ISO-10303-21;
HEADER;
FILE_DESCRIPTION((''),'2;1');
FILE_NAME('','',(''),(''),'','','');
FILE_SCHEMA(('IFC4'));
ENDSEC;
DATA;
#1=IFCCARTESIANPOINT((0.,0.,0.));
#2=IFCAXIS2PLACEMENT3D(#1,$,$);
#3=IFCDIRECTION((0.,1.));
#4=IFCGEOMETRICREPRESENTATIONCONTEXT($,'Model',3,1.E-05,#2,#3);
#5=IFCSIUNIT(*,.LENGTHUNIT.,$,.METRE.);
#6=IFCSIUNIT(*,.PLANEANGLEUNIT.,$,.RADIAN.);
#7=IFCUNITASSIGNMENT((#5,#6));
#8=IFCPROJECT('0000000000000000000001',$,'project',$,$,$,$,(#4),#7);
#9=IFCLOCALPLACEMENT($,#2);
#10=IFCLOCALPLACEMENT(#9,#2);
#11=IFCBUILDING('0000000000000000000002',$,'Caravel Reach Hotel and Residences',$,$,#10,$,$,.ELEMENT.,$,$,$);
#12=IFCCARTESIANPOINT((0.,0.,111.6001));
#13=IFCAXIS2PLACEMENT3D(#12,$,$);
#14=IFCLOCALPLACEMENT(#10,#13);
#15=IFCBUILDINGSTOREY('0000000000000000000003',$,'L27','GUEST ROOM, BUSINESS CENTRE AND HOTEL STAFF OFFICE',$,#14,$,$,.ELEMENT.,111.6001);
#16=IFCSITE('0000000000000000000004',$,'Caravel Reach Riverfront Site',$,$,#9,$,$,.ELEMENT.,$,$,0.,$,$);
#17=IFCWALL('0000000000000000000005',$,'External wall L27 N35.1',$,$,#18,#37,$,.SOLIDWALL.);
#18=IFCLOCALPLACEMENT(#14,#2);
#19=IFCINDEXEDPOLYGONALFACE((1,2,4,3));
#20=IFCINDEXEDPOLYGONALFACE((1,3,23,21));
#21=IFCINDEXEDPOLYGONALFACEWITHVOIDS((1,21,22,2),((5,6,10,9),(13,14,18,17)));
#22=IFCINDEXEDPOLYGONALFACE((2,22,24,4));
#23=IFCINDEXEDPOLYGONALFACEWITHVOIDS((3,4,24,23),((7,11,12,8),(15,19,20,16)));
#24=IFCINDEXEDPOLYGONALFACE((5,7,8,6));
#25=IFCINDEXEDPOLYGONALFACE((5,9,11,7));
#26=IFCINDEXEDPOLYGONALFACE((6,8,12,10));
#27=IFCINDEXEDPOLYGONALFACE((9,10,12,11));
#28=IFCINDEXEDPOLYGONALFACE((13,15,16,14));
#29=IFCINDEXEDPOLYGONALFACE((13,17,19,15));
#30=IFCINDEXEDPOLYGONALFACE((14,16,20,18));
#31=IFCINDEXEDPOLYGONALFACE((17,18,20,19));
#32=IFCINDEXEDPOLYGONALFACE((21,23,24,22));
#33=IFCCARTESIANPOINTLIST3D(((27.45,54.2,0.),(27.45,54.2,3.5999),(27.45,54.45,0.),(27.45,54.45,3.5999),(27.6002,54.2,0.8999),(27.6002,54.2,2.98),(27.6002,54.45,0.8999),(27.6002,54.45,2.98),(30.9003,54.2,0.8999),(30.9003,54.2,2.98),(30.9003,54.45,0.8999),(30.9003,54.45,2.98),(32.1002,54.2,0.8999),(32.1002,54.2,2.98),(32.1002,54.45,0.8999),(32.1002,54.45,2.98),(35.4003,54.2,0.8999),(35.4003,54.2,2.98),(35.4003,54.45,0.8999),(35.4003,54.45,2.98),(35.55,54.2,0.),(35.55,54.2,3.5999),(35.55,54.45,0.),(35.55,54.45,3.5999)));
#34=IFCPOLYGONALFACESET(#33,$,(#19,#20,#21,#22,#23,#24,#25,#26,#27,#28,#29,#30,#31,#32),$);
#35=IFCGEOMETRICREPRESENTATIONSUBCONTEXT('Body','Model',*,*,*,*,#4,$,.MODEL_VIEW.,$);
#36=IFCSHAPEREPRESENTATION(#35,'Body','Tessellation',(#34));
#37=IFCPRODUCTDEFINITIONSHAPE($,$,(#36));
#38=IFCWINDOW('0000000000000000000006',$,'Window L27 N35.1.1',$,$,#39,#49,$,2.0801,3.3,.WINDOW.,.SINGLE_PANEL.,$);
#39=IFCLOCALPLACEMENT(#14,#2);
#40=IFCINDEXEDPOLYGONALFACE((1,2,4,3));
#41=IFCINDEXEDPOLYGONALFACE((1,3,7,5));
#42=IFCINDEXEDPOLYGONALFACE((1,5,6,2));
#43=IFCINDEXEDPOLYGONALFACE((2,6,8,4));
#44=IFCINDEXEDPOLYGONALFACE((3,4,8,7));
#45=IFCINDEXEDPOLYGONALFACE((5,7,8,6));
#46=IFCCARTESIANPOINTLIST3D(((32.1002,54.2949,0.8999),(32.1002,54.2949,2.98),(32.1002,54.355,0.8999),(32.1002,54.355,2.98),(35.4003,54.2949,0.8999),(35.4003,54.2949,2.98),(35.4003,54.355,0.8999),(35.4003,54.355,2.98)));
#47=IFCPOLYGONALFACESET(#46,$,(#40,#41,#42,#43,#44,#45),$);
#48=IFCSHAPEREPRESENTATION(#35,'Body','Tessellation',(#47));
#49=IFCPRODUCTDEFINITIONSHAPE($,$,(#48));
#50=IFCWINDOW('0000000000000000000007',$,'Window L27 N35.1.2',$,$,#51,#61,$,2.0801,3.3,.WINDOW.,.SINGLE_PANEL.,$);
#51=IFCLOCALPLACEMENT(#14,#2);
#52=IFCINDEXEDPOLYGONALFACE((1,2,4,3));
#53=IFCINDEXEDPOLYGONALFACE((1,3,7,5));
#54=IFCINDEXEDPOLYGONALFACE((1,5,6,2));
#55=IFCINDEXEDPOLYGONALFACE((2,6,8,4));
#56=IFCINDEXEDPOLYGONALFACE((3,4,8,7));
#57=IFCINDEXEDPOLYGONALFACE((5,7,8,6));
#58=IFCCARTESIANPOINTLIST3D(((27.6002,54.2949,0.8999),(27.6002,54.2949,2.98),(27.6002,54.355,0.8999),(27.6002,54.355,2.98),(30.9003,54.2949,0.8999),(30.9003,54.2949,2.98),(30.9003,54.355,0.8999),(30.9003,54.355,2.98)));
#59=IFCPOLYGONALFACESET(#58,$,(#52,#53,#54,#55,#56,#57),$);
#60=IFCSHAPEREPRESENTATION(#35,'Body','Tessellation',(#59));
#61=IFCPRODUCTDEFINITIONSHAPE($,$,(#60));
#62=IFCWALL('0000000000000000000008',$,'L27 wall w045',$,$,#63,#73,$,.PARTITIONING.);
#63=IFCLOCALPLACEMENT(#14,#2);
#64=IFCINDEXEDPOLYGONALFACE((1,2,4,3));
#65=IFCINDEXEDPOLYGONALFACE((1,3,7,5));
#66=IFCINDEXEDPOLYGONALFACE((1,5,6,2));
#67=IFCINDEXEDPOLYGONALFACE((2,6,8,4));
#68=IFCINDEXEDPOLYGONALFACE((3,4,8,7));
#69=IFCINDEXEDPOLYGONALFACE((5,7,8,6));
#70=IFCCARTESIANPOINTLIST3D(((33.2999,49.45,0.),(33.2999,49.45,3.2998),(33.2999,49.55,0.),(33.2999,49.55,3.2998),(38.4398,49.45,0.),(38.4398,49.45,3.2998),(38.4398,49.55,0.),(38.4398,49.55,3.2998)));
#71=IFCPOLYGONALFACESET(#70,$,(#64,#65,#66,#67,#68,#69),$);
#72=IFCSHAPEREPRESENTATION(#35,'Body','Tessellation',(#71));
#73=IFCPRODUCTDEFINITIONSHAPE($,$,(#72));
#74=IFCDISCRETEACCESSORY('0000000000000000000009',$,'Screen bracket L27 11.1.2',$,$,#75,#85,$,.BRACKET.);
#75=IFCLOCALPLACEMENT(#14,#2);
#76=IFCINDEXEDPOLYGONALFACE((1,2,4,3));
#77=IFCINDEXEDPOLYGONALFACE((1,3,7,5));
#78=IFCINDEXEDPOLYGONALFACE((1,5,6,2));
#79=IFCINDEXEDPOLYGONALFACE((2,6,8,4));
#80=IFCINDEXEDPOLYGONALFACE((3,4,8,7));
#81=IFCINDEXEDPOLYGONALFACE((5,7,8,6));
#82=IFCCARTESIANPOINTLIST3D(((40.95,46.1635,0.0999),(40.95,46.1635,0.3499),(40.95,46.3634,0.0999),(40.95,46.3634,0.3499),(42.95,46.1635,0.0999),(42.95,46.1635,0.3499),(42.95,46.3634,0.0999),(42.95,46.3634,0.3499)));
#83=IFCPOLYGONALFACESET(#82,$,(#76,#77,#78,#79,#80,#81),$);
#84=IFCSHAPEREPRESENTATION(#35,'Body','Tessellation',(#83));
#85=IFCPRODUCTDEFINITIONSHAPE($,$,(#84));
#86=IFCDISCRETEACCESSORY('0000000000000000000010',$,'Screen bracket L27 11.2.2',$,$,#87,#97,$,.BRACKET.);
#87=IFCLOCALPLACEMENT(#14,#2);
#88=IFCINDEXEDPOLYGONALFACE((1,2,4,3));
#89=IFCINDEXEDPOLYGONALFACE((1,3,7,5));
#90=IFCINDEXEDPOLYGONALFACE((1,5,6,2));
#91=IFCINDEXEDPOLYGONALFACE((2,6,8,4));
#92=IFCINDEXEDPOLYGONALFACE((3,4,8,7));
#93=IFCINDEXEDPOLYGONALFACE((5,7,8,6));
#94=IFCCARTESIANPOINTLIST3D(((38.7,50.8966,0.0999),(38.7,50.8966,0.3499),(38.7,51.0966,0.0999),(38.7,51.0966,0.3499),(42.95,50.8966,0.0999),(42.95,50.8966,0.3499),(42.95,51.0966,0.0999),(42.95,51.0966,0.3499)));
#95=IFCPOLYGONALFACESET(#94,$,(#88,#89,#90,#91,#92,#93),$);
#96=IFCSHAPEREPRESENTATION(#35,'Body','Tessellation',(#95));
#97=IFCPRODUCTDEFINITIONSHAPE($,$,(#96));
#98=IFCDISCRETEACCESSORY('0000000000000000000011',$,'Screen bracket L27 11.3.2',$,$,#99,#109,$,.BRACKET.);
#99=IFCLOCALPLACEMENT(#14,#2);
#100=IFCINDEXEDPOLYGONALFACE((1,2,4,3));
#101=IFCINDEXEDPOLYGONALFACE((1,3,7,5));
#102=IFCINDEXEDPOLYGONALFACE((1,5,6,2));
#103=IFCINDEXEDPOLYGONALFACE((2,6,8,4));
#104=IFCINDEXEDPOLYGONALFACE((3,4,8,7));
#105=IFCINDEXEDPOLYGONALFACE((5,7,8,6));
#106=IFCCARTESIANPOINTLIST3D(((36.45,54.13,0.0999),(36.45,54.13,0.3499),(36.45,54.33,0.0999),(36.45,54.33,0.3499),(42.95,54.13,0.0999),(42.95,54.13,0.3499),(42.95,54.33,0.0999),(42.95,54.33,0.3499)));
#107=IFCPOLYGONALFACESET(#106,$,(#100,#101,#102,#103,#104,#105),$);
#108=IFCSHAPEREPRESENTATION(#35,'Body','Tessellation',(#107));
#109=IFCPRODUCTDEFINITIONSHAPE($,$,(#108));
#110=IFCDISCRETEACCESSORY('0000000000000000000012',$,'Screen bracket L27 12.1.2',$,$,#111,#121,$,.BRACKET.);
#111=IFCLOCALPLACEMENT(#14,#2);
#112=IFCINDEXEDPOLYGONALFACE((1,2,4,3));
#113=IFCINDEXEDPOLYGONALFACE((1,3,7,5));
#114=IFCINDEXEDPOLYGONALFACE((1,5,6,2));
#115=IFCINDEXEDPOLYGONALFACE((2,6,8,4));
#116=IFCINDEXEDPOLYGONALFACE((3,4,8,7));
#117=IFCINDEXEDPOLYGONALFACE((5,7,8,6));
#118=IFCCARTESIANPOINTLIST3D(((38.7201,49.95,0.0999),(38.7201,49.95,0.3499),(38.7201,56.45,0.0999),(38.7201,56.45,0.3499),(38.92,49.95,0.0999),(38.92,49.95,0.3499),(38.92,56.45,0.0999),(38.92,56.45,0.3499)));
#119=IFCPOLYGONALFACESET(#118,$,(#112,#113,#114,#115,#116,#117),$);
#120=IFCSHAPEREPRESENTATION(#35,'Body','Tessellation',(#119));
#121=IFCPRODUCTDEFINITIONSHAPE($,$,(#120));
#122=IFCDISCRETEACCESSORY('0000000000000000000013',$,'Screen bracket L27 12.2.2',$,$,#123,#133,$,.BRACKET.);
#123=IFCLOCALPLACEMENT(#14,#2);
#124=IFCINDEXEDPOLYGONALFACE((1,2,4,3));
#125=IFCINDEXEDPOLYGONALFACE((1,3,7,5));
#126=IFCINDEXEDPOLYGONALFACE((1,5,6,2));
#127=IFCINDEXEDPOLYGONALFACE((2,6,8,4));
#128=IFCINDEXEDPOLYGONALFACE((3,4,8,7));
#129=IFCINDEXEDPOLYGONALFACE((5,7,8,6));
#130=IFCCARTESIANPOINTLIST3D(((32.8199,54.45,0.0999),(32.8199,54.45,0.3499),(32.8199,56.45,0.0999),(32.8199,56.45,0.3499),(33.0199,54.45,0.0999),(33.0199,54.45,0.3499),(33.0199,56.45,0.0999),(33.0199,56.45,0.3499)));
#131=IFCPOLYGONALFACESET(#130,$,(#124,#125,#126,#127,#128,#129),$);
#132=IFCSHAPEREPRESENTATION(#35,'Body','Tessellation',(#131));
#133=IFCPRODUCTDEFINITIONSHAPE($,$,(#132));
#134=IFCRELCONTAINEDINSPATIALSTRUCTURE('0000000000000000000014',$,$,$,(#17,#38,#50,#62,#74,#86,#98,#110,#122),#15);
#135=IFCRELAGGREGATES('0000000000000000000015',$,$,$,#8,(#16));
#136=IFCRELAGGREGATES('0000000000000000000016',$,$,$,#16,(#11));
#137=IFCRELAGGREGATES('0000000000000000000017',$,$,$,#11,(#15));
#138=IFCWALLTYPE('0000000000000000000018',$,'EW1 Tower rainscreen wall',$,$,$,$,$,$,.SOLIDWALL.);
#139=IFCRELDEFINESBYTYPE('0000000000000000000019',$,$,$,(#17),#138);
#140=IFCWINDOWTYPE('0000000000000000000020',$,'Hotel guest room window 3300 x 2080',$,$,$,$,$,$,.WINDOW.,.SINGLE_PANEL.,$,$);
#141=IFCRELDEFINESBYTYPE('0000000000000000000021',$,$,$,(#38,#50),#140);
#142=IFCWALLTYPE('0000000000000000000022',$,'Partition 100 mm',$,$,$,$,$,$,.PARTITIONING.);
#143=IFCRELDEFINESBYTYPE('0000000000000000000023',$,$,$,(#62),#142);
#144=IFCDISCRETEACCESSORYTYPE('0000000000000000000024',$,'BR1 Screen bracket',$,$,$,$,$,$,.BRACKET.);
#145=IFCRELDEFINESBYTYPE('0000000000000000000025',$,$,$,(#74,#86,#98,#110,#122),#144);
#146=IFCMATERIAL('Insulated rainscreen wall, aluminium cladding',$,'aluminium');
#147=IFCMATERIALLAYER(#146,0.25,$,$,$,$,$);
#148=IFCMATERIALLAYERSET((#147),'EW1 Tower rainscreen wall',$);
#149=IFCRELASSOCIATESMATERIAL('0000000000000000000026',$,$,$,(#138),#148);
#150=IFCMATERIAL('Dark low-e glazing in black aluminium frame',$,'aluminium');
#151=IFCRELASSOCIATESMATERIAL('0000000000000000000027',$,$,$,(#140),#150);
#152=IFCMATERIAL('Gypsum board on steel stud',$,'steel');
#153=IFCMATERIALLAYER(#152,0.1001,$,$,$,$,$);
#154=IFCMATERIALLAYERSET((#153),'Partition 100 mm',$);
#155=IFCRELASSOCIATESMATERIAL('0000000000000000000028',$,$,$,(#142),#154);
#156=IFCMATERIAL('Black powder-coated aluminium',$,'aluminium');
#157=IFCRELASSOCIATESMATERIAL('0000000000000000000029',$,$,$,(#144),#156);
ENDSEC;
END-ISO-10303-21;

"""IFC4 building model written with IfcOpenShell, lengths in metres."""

from ifc_helpers import new_model, si_unit, direction, frame, frame_2d, origin, origin_2d, place, context, subcontext, project, spatial, rectangle, extrude, material, layer, layer_set, type_object, element, fill, save


model = new_model("IFC4")

# Units and contexts
model_context = context("Model", 3, precision=1e-05, world=origin(), true_north=direction((0.0, 1.0)))
body_context = subcontext(model_context, "Body", "Model", "MODEL_VIEW")
ifc_project = project(units=[si_unit("LENGTHUNIT", "METRE"), si_unit("PLANEANGLEUNIT", "RADIAN")], contexts=[model_context])

# Site, building, storey
site_placement = place(None, origin())
site = spatial("IfcSite", under=ifc_project, at=site_placement, Name="Caravel Reach Riverfront Site", CompositionType="ELEMENT", RefElevation=0.0)
building_placement = place(site_placement, origin())
building = spatial("IfcBuilding", under=site, at=building_placement, Name="Caravel Reach Hotel and Residences", CompositionType="ELEMENT")
storey_placement = place(building_placement, frame((0.0, 0.0, 111.6001)))
storey = spatial("IfcBuildingStorey", under=building, at=storey_placement, Name="L27", Description="GUEST ROOM, BUSINESS CENTRE AND HOTEL STAFF OFFICE", CompositionType="ELEMENT", Elevation=111.6001)

# Shared definitions
ifc_material_1 = material(Name="Insulated rainscreen wall, aluminium cladding", Category="aluminium")
ifc_layer_1 = layer(ifc_material_1, 0.25)
ifc_layer_set_1 = layer_set([ifc_layer_1], Name="EW1 Tower rainscreen wall")
wall_type_1 = type_object("IfcWallType", Name="EW1 Tower rainscreen wall", PredefinedType="SOLIDWALL", material=ifc_layer_set_1)

# Wall, openings, windows
wall_1_placement = place(storey_placement, frame((35.55, 54.325, 0.0), z_axis=(0.0, 0.0, 1.0), x_axis=(-1.0, 0.0, 0.0)))
wall_1 = element("IfcWall", 1, at=wall_1_placement, inside=storey, type_object=wall_type_1, Name="External wall L27 N35.1", PredefinedType="SOLIDWALL", context=body_context, shape_type="SweptSolid", body=[
    extrude(rectangle(XDim=8.1001, YDim=0.25, at=frame_2d((4.05, 0.0))), origin(), (0.0, 0.0, 1.0), 3.5999),
])
opening_1_placement = place(wall_1_placement, frame((0.1499, 0.0, 0.8999)))
opening_1 = element("IfcOpeningElement", 2, at=opening_1_placement, cuts=wall_1, PredefinedType="OPENING", context=body_context, shape_type="SweptSolid", body=[
    extrude(rectangle(XDim=3.3, YDim=2.0801, at=frame_2d((1.6499, 1.04))), frame((0.0, 0.135, 0.0), z_axis=(0.0, -1.0, 0.0), x_axis=(1.0, 0.0, 0.0)), (0.0, 0.0, 1.0), 0.27),
])
opening_2_placement = place(wall_1_placement, frame((4.6499, 0.0, 0.8999)))
opening_2 = element("IfcOpeningElement", 3, at=opening_2_placement, cuts=wall_1, PredefinedType="OPENING", context=body_context, shape_type="SweptSolid", body=[
    extrude(rectangle(XDim=3.3, YDim=2.0801, at=frame_2d((1.6499, 1.04))), frame((0.0, 0.135, 0.0), z_axis=(0.0, -1.0, 0.0), x_axis=(1.0, 0.0, 0.0)), (0.0, 0.0, 1.0), 0.27),
])
ifc_material_2 = material(Name="Dark low-e glazing in black aluminium frame", Category="aluminium")
window_type_1 = type_object("IfcWindowType", Name="Hotel guest room window 3300 x 2080", PartitioningType="SINGLE_PANEL", PredefinedType="WINDOW", material=ifc_material_2)
window_1_placement = place(opening_1_placement, origin())
window_1 = element("IfcWindow", 4, at=window_1_placement, inside=storey, type_object=window_type_1, Name="Window L27 N35.1.1", OverallHeight=2.0801, OverallWidth=3.3, PartitioningType="SINGLE_PANEL", PredefinedType="WINDOW", context=body_context, shape_type="SweptSolid", body=[
    extrude(rectangle(XDim=3.3, YDim=2.0801, at=frame_2d((1.6499, 1.04))), frame((0.0, 0.03, 0.0), z_axis=(0.0, -1.0, 0.0), x_axis=(1.0, 0.0, 0.0)), (0.0, 0.0, 1.0), 0.0601),
])
fill(opening_1, window_1)
window_2_placement = place(opening_2_placement, origin())
window_2 = element("IfcWindow", 5, at=window_2_placement, inside=storey, type_object=window_type_1, Name="Window L27 N35.1.2", OverallHeight=2.0801, OverallWidth=3.3, PartitioningType="SINGLE_PANEL", PredefinedType="WINDOW", context=body_context, shape_type="SweptSolid", body=[
    extrude(rectangle(XDim=3.3, YDim=2.0801, at=frame_2d((1.6499, 1.04))), frame((0.0, 0.03, 0.0), z_axis=(0.0, -1.0, 0.0), x_axis=(1.0, 0.0, 0.0)), (0.0, 0.0, 1.0), 0.0601),
])
fill(opening_2, window_2)

# Wall
ifc_material_3 = material(Name="Gypsum board on steel stud", Category="steel")
ifc_layer_2 = layer(ifc_material_3, 0.1001)
ifc_layer_set_2 = layer_set([ifc_layer_2], Name="Partition 100 mm")
wall_type_2 = type_object("IfcWallType", Name="Partition 100 mm", PredefinedType="PARTITIONING", material=ifc_layer_set_2)
wall_2_placement = place(storey_placement, frame((33.3, 49.5, 0.0), z_axis=(0.0, 0.0, 1.0), x_axis=(1.0, 0.0, 0.0)))
element("IfcWall", 6, at=wall_2_placement, inside=storey, type_object=wall_type_2, Name="L27 wall w045", PredefinedType="PARTITIONING", context=body_context, shape_type="SweptSolid", body=[
    extrude(rectangle(XDim=5.1399, YDim=0.1001, at=frame_2d((2.5698, 0.0))), origin(), (0.0, 0.0, 1.0), 3.2998),
])

# Discrete accessories
ifc_material_4 = material(Name="Black powder-coated aluminium", Category="aluminium")
discrete_accessory_type = type_object("IfcDiscreteAccessoryType", Name="BR1 Screen bracket", PredefinedType="BRACKET", material=ifc_material_4)
discrete_accessory_1_placement = place(storey_placement, frame((41.95, 46.2634, 0.0999), z_axis=(0.0, 0.0, 1.0), x_axis=(1.0, 0.0, 0.0)))
element("IfcDiscreteAccessory", 7, at=discrete_accessory_1_placement, inside=storey, type_object=discrete_accessory_type, Name="Screen bracket L27 11.1.2", PredefinedType="BRACKET", context=body_context, shape_type="SweptSolid", body=[
    extrude(rectangle(XDim=2.0, YDim=0.2, at=origin_2d()), origin(), (0.0, 0.0, 1.0), 0.25),
])
discrete_accessory_2_placement = place(storey_placement, frame((40.825, 50.9966, 0.0999), z_axis=(0.0, 0.0, 1.0), x_axis=(1.0, 0.0, 0.0)))
element("IfcDiscreteAccessory", 8, at=discrete_accessory_2_placement, inside=storey, type_object=discrete_accessory_type, Name="Screen bracket L27 11.2.2", PredefinedType="BRACKET", context=body_context, shape_type="SweptSolid", body=[
    extrude(rectangle(XDim=4.25, YDim=0.2, at=origin_2d()), origin(), (0.0, 0.0, 1.0), 0.25),
])
for number, where, z_axis, x_axis, name in (
    (9, (39.7, 54.23, 0.0999), (0.0, 0.0, 1.0), (1.0, 0.0, 0.0), "Screen bracket L27 11.3.2"),
    (10, (38.8201, 53.2, 0.0999), (0.0, 0.0, 1.0), (0.0, 1.0, 0.0), "Screen bracket L27 12.1.2"),
):
    element("IfcDiscreteAccessory", number, at=place(storey_placement, frame(where, z_axis=z_axis, x_axis=x_axis)), inside=storey, type_object=discrete_accessory_type, Name=name, PredefinedType="BRACKET", context=body_context, shape_type="SweptSolid", body=[
        extrude(rectangle(XDim=6.5, YDim=0.2, at=origin_2d()), origin(), (0.0, 0.0, 1.0), 0.25),
    ])
discrete_accessory_3_placement = place(storey_placement, frame((32.9199, 55.45, 0.0999), z_axis=(0.0, 0.0, 1.0), x_axis=(0.0, 1.0, 0.0)))
element("IfcDiscreteAccessory", 11, at=discrete_accessory_3_placement, inside=storey, type_object=discrete_accessory_type, Name="Screen bracket L27 12.2.2", PredefinedType="BRACKET", context=body_context, shape_type="SweptSolid", body=[
    extrude(rectangle(XDim=2.0, YDim=0.2, at=origin_2d()), origin(), (0.0, 0.0, 1.0), 0.25),
])

save(model, "model.ifc")
